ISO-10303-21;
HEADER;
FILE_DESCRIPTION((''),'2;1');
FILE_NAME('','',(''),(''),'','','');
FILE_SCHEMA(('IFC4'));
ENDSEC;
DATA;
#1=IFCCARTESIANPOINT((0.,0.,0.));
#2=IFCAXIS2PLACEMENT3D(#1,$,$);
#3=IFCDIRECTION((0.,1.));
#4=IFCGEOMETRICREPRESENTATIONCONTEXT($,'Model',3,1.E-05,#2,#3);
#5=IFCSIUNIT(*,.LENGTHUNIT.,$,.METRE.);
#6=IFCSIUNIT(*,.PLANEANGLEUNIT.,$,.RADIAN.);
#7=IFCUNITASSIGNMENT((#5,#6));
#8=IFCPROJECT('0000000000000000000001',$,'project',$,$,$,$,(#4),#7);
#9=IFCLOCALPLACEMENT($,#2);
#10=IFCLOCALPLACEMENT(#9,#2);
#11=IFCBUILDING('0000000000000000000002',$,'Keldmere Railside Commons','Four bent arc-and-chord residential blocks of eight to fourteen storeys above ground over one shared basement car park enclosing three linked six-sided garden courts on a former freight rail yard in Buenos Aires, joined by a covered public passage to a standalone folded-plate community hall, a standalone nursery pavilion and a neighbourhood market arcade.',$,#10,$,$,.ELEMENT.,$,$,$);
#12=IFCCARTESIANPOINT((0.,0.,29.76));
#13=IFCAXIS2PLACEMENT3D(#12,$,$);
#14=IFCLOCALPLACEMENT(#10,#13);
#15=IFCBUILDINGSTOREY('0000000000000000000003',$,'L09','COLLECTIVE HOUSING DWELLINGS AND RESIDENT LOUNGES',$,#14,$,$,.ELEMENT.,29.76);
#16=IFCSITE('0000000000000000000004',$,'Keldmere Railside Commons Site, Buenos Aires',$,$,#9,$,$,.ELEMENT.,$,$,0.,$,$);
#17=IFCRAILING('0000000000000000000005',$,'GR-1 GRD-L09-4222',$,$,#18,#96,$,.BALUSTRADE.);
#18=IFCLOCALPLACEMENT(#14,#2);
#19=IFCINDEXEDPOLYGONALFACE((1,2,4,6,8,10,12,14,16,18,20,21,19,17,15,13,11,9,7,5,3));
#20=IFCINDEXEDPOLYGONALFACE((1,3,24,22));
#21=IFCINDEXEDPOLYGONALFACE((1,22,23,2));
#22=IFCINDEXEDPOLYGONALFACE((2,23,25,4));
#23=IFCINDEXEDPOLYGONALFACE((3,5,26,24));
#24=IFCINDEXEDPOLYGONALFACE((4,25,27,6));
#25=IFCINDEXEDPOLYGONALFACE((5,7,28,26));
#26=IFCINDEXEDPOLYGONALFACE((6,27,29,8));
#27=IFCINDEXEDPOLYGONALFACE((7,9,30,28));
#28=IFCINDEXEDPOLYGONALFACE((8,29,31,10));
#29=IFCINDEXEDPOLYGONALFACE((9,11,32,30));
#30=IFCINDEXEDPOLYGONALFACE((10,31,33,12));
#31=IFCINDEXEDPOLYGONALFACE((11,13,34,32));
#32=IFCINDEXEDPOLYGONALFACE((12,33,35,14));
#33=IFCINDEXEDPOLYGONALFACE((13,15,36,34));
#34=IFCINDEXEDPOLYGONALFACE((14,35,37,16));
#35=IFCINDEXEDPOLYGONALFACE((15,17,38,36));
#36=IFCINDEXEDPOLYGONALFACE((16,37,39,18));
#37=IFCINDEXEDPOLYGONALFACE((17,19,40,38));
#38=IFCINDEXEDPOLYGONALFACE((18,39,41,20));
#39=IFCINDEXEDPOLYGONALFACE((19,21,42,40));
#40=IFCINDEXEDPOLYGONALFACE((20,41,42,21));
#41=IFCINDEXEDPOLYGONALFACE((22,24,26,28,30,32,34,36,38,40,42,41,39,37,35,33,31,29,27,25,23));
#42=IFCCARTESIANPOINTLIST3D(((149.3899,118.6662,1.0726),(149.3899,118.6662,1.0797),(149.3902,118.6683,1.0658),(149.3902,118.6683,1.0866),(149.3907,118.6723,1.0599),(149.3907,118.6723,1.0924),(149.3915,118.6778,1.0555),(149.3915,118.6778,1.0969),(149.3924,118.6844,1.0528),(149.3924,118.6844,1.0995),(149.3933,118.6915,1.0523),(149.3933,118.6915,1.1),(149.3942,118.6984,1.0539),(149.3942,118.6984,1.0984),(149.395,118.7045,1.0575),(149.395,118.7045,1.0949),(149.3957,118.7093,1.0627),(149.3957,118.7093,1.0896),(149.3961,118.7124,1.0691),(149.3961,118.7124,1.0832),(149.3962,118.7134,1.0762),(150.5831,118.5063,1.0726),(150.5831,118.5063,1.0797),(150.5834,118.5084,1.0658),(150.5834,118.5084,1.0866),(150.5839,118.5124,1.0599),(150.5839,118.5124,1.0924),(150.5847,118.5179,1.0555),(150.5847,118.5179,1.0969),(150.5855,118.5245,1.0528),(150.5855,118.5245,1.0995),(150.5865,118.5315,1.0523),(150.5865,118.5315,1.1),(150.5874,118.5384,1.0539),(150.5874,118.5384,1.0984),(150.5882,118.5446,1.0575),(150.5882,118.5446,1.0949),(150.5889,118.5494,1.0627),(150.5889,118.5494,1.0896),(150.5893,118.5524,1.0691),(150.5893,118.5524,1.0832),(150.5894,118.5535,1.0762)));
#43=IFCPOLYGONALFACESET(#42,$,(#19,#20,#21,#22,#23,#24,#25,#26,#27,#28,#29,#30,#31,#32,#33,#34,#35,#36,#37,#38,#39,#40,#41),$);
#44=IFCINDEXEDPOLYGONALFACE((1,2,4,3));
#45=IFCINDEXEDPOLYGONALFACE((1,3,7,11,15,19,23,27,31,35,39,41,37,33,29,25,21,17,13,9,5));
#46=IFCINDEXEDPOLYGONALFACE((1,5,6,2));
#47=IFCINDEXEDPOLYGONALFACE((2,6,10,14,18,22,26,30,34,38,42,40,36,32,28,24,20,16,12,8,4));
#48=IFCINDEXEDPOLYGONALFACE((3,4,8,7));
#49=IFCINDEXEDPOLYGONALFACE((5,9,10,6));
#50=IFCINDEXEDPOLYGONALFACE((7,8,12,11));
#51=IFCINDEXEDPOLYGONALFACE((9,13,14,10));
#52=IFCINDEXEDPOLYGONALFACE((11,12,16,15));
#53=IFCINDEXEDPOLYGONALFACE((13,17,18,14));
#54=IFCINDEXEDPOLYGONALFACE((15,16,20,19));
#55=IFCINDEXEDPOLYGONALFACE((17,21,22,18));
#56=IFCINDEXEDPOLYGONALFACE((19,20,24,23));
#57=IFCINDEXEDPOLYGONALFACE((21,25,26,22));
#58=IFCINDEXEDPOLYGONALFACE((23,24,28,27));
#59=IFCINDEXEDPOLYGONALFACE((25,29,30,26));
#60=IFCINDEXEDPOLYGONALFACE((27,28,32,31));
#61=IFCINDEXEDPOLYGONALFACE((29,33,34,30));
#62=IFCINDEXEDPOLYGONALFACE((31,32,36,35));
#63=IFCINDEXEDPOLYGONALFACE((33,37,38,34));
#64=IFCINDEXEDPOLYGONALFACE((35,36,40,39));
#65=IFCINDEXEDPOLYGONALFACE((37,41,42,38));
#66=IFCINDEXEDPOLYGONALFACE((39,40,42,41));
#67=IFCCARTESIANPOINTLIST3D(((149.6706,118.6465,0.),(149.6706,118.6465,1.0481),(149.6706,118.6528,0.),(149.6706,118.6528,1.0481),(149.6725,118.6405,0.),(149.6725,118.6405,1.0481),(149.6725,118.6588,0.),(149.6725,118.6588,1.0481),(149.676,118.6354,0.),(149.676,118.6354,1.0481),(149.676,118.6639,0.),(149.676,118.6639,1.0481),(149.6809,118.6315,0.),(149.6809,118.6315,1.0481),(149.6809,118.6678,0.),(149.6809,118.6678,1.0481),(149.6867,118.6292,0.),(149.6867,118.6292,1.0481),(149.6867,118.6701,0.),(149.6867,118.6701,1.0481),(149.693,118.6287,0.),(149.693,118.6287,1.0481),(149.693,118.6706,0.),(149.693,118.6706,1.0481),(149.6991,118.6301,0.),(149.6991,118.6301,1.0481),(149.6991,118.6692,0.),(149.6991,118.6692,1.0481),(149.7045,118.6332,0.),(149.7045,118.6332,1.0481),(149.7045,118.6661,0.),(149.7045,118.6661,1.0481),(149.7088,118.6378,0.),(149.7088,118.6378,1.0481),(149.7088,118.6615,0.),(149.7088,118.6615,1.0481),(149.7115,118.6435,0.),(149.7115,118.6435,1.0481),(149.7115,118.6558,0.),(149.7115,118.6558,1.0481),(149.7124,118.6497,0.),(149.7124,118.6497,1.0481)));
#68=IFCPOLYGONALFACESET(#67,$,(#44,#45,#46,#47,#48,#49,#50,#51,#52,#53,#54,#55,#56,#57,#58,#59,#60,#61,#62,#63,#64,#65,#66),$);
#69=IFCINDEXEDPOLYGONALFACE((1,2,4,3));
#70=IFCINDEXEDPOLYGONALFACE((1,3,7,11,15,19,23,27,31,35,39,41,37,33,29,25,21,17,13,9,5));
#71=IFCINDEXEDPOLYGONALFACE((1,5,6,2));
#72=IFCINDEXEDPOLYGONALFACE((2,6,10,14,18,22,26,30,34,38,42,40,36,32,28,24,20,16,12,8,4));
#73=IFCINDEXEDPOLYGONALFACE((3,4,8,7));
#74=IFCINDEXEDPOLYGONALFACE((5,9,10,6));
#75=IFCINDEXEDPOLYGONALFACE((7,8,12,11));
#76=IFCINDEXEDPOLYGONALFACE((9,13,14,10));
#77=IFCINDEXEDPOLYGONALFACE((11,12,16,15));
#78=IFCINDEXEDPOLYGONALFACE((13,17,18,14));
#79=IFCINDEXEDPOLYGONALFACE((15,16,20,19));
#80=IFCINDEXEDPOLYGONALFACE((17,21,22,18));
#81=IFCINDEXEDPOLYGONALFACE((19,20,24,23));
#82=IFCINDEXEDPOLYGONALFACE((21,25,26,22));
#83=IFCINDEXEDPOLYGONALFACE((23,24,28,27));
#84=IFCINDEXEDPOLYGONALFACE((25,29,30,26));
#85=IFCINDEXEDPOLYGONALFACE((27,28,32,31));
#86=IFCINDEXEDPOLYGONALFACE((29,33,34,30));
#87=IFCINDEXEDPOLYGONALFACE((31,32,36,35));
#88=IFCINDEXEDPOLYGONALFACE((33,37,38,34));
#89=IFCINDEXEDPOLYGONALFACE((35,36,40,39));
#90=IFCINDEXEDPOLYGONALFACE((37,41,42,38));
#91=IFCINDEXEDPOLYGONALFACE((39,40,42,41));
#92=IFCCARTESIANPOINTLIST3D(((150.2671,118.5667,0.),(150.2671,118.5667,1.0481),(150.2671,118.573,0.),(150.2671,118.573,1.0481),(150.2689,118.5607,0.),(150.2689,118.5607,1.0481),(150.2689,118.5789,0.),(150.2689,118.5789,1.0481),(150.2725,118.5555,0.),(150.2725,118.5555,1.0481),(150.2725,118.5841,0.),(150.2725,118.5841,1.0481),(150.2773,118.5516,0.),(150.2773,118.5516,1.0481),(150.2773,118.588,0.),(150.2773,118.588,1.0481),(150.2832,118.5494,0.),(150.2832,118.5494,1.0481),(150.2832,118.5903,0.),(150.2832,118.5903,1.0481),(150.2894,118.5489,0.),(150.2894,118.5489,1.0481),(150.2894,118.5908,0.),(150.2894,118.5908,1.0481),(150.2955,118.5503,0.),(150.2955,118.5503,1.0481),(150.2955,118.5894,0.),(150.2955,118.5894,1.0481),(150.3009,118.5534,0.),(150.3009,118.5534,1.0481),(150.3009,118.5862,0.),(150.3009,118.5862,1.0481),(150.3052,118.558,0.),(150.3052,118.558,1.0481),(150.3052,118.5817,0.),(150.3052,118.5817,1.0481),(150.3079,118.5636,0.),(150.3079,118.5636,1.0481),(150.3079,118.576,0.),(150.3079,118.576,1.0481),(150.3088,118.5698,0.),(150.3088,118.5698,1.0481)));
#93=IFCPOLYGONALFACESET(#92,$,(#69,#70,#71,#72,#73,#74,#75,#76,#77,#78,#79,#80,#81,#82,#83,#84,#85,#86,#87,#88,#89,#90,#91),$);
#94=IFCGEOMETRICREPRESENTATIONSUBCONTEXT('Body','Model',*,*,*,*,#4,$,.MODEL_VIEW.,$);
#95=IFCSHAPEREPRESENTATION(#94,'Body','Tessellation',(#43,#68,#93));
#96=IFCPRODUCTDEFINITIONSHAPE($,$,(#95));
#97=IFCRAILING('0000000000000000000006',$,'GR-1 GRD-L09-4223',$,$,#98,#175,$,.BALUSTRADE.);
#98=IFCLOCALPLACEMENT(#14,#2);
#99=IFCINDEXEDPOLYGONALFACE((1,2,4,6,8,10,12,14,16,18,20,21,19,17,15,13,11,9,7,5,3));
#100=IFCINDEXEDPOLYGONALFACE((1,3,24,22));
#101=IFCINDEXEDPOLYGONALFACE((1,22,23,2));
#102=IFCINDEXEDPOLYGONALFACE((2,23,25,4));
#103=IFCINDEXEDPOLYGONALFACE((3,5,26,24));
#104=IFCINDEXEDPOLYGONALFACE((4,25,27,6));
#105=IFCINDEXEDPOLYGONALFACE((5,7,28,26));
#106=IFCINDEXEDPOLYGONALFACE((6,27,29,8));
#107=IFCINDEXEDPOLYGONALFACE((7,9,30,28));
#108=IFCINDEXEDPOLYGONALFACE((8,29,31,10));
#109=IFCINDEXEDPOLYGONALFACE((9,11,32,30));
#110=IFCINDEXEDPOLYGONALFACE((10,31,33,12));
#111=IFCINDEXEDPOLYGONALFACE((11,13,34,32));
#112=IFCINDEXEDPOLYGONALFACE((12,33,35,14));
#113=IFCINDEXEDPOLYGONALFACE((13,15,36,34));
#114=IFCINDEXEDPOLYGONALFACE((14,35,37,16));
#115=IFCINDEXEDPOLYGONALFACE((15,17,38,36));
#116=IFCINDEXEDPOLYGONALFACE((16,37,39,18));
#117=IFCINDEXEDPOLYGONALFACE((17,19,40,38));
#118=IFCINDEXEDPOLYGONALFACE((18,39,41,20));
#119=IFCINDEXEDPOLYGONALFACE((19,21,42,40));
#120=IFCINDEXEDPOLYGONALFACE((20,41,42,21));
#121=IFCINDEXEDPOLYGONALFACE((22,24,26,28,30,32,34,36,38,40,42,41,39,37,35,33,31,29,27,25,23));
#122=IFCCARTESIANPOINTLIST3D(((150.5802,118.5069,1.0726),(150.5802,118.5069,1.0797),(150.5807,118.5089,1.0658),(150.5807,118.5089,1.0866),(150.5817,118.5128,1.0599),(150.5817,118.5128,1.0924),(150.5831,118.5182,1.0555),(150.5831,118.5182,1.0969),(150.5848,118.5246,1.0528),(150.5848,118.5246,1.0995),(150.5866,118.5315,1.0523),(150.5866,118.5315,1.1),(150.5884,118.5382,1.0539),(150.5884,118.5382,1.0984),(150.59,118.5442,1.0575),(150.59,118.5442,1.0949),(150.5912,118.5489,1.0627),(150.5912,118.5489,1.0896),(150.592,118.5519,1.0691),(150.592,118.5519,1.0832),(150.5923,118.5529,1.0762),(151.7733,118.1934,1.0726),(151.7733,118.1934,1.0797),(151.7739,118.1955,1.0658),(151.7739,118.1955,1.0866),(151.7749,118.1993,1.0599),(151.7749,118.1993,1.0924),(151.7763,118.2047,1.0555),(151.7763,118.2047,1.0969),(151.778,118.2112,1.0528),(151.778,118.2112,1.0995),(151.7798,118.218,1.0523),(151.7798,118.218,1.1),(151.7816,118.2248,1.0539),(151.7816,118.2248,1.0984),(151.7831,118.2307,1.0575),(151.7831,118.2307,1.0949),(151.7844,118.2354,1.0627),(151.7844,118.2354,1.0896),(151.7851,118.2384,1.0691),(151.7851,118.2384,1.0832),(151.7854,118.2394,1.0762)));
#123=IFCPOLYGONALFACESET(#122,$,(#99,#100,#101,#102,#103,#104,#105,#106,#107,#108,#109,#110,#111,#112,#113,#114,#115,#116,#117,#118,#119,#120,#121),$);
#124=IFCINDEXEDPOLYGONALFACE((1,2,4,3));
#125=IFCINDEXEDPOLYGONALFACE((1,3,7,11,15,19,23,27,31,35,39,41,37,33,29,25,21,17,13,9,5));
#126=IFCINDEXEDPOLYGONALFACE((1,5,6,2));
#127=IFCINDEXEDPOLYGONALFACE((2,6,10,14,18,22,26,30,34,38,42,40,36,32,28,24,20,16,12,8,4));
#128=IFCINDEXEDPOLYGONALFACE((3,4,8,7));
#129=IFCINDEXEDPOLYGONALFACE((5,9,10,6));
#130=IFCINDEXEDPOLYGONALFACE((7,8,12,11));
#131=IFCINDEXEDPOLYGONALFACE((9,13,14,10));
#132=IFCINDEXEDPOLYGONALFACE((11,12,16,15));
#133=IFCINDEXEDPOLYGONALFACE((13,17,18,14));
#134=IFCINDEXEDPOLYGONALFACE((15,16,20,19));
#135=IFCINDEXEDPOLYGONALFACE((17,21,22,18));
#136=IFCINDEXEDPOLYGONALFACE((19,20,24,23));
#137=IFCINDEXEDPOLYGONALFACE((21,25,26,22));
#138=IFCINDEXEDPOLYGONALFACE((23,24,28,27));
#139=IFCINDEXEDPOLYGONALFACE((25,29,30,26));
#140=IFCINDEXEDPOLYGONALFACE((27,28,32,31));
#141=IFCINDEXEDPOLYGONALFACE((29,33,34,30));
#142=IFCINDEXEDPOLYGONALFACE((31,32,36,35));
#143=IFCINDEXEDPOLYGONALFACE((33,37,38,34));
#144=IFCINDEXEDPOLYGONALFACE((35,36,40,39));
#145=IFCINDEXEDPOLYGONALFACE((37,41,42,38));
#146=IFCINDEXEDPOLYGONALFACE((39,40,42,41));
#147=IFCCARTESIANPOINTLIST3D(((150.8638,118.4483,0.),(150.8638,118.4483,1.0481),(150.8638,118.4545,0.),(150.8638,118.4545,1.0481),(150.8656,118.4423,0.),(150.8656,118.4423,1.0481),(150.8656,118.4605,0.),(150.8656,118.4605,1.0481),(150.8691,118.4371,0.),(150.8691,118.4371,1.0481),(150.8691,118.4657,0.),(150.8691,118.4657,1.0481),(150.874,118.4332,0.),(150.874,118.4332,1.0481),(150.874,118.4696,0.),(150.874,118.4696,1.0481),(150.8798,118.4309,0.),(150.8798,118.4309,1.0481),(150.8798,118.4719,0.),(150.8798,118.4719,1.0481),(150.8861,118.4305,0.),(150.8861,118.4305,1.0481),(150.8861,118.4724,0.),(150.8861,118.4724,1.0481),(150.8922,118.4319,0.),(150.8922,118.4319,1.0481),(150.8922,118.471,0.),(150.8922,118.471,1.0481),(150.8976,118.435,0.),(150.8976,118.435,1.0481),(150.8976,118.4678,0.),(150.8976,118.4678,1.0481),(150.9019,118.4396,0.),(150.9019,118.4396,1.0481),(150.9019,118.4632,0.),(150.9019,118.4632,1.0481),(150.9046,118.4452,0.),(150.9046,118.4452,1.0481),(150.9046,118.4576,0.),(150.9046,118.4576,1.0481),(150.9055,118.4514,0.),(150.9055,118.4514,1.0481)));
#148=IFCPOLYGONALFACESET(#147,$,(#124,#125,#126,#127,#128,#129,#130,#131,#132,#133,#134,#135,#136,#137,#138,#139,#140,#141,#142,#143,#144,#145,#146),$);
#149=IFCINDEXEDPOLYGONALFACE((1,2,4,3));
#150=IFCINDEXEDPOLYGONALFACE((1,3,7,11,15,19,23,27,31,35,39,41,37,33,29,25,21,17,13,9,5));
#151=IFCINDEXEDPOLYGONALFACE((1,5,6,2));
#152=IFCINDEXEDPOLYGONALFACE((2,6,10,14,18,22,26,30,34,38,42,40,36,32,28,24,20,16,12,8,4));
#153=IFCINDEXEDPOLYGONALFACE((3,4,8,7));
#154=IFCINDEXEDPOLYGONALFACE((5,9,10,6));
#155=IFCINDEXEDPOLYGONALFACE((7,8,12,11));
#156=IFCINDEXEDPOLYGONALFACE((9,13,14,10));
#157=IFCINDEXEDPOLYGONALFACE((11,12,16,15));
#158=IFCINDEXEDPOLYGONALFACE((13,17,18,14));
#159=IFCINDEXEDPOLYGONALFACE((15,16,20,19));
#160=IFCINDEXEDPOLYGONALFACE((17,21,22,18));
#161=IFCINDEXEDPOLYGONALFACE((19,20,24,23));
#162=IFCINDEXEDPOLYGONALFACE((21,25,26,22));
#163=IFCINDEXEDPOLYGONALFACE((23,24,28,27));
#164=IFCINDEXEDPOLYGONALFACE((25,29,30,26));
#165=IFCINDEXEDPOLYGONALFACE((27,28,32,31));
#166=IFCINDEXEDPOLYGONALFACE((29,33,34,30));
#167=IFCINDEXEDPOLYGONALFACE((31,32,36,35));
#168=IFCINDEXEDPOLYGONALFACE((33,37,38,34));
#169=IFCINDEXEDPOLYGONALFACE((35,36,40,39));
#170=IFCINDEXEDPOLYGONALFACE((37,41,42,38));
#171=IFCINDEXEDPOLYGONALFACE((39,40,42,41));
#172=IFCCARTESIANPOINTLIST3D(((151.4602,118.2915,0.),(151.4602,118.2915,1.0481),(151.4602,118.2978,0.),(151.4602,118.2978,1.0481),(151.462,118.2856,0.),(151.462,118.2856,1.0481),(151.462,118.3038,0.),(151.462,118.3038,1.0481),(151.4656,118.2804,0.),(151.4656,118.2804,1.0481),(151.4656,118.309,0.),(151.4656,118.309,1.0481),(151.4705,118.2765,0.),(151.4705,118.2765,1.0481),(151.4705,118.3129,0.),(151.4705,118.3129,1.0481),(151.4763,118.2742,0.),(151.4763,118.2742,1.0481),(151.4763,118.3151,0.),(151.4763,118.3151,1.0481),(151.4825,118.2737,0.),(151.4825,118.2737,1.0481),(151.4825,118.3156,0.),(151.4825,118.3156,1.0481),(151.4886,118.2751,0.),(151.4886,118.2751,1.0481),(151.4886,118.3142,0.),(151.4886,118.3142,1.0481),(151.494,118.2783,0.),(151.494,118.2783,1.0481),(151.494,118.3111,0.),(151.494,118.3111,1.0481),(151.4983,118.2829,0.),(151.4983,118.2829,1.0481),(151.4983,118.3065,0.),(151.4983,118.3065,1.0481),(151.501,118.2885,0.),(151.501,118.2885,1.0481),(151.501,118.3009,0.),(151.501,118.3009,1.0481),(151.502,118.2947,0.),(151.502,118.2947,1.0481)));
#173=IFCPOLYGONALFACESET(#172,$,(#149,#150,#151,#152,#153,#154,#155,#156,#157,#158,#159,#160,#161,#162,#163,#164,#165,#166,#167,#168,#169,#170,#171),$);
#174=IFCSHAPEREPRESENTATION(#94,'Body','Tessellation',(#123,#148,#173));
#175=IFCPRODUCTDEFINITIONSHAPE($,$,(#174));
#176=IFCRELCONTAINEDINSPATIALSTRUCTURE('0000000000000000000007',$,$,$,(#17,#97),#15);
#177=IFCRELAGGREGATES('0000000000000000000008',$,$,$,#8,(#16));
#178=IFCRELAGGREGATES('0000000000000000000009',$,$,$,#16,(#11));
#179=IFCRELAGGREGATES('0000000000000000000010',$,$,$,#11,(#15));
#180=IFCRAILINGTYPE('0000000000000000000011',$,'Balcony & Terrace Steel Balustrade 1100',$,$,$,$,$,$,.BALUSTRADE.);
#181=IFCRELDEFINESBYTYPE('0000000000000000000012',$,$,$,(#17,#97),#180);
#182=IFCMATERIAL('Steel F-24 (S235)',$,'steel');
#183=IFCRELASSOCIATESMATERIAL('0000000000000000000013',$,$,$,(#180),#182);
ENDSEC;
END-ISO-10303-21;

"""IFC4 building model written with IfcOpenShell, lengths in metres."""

from ifc_helpers import new_model, si_unit, direction, frame, origin, origin_2d, place, context, subcontext, project, spatial, circle, extrude, material, type_object, element, save


model = new_model("IFC4")

# Units and contexts
model_context = context("Model", 3, precision=1e-05, world=origin(), true_north=direction((0.0, 1.0)))
body_context = subcontext(model_context, "Body", "Model", "MODEL_VIEW")
ifc_project = project(units=[si_unit("LENGTHUNIT", "METRE"), si_unit("PLANEANGLEUNIT", "RADIAN")], contexts=[model_context])

# Site, building, storey
site_placement = place(None, origin())
site = spatial("IfcSite", under=ifc_project, at=site_placement, Name="Keldmere Railside Commons Site, Buenos Aires", CompositionType="ELEMENT", RefElevation=0.0)
building_placement = place(site_placement, origin())
building = spatial("IfcBuilding", under=site, at=building_placement, Name="Keldmere Railside Commons", Description="Four bent arc-and-chord residential blocks of eight to fourteen storeys above ground over one shared basement car park enclosing three linked six-sided garden courts on a former freight rail yard in Buenos Aires, joined by a covered public passage to a standalone folded-plate community hall, a standalone nursery pavilion and a neighbourhood market arcade.", CompositionType="ELEMENT")
storey_placement = place(building_placement, frame((0.0, 0.0, 29.76)))
storey = spatial("IfcBuildingStorey", under=building, at=storey_placement, Name="L09", Description="COLLECTIVE HOUSING DWELLINGS AND RESIDENT LOUNGES", CompositionType="ELEMENT", Elevation=29.76)

# Shared definitions
ifc_material_1 = material(Name="Steel F-24 (S235)", Category="steel")

# Railings
railing_type = type_object("IfcRailingType", Name="Balcony & Terrace Steel Balustrade 1100", PredefinedType="BALUSTRADE", material=ifc_material_1)
railing_1_placement = place(storey_placement, frame((149.3931, 118.6897, 0.0)))
element("IfcRailing", 1, at=railing_1_placement, inside=storey, type_object=railing_type, Name="GR-1 GRD-L09-4222", PredefinedType="BALUSTRADE", context=body_context, shape_type="SweptSolid", body=[
    extrude(circle(Radius=0.0239, at=origin_2d()), frame((0.0, 0.0, 1.0762), z_axis=(0.991137, -0.132841, 0.0), x_axis=(0.132841, 0.991137, 0.0)), (0.0, 0.0, 1.0), 1.2039),
    extrude(circle(Radius=0.021, at=origin_2d()), frame((0.2983, -0.04, 0.0)), (0.0, 0.0, 1.0), 1.0481),
    extrude(circle(Radius=0.021, at=origin_2d()), frame((0.8948, -0.1199, 0.0)), (0.0, 0.0, 1.0), 1.0481),
])
railing_2_placement = place(storey_placement, frame((150.5862, 118.5298, 0.0)))
element("IfcRailing", 2, at=railing_2_placement, inside=storey, type_object=railing_type, Name="GR-1 GRD-L09-4223", PredefinedType="BALUSTRADE", context=body_context, shape_type="SweptSolid", body=[
    extrude(circle(Radius=0.0239, at=origin_2d()), frame((0.0, 0.0, 1.0762), z_axis=(0.967174, -0.254113, 0.0), x_axis=(0.254113, 0.967174, 0.0)), (0.0, 0.0, 1.0), 1.2336),
    extrude(circle(Radius=0.021, at=origin_2d()), frame((0.2983, -0.0784, 0.0)), (0.0, 0.0, 1.0), 1.0481),
    extrude(circle(Radius=0.021, at=origin_2d()), frame((0.8948, -0.2351, 0.0)), (0.0, 0.0, 1.0), 1.0481),
])

save(model, "model.ifc")
